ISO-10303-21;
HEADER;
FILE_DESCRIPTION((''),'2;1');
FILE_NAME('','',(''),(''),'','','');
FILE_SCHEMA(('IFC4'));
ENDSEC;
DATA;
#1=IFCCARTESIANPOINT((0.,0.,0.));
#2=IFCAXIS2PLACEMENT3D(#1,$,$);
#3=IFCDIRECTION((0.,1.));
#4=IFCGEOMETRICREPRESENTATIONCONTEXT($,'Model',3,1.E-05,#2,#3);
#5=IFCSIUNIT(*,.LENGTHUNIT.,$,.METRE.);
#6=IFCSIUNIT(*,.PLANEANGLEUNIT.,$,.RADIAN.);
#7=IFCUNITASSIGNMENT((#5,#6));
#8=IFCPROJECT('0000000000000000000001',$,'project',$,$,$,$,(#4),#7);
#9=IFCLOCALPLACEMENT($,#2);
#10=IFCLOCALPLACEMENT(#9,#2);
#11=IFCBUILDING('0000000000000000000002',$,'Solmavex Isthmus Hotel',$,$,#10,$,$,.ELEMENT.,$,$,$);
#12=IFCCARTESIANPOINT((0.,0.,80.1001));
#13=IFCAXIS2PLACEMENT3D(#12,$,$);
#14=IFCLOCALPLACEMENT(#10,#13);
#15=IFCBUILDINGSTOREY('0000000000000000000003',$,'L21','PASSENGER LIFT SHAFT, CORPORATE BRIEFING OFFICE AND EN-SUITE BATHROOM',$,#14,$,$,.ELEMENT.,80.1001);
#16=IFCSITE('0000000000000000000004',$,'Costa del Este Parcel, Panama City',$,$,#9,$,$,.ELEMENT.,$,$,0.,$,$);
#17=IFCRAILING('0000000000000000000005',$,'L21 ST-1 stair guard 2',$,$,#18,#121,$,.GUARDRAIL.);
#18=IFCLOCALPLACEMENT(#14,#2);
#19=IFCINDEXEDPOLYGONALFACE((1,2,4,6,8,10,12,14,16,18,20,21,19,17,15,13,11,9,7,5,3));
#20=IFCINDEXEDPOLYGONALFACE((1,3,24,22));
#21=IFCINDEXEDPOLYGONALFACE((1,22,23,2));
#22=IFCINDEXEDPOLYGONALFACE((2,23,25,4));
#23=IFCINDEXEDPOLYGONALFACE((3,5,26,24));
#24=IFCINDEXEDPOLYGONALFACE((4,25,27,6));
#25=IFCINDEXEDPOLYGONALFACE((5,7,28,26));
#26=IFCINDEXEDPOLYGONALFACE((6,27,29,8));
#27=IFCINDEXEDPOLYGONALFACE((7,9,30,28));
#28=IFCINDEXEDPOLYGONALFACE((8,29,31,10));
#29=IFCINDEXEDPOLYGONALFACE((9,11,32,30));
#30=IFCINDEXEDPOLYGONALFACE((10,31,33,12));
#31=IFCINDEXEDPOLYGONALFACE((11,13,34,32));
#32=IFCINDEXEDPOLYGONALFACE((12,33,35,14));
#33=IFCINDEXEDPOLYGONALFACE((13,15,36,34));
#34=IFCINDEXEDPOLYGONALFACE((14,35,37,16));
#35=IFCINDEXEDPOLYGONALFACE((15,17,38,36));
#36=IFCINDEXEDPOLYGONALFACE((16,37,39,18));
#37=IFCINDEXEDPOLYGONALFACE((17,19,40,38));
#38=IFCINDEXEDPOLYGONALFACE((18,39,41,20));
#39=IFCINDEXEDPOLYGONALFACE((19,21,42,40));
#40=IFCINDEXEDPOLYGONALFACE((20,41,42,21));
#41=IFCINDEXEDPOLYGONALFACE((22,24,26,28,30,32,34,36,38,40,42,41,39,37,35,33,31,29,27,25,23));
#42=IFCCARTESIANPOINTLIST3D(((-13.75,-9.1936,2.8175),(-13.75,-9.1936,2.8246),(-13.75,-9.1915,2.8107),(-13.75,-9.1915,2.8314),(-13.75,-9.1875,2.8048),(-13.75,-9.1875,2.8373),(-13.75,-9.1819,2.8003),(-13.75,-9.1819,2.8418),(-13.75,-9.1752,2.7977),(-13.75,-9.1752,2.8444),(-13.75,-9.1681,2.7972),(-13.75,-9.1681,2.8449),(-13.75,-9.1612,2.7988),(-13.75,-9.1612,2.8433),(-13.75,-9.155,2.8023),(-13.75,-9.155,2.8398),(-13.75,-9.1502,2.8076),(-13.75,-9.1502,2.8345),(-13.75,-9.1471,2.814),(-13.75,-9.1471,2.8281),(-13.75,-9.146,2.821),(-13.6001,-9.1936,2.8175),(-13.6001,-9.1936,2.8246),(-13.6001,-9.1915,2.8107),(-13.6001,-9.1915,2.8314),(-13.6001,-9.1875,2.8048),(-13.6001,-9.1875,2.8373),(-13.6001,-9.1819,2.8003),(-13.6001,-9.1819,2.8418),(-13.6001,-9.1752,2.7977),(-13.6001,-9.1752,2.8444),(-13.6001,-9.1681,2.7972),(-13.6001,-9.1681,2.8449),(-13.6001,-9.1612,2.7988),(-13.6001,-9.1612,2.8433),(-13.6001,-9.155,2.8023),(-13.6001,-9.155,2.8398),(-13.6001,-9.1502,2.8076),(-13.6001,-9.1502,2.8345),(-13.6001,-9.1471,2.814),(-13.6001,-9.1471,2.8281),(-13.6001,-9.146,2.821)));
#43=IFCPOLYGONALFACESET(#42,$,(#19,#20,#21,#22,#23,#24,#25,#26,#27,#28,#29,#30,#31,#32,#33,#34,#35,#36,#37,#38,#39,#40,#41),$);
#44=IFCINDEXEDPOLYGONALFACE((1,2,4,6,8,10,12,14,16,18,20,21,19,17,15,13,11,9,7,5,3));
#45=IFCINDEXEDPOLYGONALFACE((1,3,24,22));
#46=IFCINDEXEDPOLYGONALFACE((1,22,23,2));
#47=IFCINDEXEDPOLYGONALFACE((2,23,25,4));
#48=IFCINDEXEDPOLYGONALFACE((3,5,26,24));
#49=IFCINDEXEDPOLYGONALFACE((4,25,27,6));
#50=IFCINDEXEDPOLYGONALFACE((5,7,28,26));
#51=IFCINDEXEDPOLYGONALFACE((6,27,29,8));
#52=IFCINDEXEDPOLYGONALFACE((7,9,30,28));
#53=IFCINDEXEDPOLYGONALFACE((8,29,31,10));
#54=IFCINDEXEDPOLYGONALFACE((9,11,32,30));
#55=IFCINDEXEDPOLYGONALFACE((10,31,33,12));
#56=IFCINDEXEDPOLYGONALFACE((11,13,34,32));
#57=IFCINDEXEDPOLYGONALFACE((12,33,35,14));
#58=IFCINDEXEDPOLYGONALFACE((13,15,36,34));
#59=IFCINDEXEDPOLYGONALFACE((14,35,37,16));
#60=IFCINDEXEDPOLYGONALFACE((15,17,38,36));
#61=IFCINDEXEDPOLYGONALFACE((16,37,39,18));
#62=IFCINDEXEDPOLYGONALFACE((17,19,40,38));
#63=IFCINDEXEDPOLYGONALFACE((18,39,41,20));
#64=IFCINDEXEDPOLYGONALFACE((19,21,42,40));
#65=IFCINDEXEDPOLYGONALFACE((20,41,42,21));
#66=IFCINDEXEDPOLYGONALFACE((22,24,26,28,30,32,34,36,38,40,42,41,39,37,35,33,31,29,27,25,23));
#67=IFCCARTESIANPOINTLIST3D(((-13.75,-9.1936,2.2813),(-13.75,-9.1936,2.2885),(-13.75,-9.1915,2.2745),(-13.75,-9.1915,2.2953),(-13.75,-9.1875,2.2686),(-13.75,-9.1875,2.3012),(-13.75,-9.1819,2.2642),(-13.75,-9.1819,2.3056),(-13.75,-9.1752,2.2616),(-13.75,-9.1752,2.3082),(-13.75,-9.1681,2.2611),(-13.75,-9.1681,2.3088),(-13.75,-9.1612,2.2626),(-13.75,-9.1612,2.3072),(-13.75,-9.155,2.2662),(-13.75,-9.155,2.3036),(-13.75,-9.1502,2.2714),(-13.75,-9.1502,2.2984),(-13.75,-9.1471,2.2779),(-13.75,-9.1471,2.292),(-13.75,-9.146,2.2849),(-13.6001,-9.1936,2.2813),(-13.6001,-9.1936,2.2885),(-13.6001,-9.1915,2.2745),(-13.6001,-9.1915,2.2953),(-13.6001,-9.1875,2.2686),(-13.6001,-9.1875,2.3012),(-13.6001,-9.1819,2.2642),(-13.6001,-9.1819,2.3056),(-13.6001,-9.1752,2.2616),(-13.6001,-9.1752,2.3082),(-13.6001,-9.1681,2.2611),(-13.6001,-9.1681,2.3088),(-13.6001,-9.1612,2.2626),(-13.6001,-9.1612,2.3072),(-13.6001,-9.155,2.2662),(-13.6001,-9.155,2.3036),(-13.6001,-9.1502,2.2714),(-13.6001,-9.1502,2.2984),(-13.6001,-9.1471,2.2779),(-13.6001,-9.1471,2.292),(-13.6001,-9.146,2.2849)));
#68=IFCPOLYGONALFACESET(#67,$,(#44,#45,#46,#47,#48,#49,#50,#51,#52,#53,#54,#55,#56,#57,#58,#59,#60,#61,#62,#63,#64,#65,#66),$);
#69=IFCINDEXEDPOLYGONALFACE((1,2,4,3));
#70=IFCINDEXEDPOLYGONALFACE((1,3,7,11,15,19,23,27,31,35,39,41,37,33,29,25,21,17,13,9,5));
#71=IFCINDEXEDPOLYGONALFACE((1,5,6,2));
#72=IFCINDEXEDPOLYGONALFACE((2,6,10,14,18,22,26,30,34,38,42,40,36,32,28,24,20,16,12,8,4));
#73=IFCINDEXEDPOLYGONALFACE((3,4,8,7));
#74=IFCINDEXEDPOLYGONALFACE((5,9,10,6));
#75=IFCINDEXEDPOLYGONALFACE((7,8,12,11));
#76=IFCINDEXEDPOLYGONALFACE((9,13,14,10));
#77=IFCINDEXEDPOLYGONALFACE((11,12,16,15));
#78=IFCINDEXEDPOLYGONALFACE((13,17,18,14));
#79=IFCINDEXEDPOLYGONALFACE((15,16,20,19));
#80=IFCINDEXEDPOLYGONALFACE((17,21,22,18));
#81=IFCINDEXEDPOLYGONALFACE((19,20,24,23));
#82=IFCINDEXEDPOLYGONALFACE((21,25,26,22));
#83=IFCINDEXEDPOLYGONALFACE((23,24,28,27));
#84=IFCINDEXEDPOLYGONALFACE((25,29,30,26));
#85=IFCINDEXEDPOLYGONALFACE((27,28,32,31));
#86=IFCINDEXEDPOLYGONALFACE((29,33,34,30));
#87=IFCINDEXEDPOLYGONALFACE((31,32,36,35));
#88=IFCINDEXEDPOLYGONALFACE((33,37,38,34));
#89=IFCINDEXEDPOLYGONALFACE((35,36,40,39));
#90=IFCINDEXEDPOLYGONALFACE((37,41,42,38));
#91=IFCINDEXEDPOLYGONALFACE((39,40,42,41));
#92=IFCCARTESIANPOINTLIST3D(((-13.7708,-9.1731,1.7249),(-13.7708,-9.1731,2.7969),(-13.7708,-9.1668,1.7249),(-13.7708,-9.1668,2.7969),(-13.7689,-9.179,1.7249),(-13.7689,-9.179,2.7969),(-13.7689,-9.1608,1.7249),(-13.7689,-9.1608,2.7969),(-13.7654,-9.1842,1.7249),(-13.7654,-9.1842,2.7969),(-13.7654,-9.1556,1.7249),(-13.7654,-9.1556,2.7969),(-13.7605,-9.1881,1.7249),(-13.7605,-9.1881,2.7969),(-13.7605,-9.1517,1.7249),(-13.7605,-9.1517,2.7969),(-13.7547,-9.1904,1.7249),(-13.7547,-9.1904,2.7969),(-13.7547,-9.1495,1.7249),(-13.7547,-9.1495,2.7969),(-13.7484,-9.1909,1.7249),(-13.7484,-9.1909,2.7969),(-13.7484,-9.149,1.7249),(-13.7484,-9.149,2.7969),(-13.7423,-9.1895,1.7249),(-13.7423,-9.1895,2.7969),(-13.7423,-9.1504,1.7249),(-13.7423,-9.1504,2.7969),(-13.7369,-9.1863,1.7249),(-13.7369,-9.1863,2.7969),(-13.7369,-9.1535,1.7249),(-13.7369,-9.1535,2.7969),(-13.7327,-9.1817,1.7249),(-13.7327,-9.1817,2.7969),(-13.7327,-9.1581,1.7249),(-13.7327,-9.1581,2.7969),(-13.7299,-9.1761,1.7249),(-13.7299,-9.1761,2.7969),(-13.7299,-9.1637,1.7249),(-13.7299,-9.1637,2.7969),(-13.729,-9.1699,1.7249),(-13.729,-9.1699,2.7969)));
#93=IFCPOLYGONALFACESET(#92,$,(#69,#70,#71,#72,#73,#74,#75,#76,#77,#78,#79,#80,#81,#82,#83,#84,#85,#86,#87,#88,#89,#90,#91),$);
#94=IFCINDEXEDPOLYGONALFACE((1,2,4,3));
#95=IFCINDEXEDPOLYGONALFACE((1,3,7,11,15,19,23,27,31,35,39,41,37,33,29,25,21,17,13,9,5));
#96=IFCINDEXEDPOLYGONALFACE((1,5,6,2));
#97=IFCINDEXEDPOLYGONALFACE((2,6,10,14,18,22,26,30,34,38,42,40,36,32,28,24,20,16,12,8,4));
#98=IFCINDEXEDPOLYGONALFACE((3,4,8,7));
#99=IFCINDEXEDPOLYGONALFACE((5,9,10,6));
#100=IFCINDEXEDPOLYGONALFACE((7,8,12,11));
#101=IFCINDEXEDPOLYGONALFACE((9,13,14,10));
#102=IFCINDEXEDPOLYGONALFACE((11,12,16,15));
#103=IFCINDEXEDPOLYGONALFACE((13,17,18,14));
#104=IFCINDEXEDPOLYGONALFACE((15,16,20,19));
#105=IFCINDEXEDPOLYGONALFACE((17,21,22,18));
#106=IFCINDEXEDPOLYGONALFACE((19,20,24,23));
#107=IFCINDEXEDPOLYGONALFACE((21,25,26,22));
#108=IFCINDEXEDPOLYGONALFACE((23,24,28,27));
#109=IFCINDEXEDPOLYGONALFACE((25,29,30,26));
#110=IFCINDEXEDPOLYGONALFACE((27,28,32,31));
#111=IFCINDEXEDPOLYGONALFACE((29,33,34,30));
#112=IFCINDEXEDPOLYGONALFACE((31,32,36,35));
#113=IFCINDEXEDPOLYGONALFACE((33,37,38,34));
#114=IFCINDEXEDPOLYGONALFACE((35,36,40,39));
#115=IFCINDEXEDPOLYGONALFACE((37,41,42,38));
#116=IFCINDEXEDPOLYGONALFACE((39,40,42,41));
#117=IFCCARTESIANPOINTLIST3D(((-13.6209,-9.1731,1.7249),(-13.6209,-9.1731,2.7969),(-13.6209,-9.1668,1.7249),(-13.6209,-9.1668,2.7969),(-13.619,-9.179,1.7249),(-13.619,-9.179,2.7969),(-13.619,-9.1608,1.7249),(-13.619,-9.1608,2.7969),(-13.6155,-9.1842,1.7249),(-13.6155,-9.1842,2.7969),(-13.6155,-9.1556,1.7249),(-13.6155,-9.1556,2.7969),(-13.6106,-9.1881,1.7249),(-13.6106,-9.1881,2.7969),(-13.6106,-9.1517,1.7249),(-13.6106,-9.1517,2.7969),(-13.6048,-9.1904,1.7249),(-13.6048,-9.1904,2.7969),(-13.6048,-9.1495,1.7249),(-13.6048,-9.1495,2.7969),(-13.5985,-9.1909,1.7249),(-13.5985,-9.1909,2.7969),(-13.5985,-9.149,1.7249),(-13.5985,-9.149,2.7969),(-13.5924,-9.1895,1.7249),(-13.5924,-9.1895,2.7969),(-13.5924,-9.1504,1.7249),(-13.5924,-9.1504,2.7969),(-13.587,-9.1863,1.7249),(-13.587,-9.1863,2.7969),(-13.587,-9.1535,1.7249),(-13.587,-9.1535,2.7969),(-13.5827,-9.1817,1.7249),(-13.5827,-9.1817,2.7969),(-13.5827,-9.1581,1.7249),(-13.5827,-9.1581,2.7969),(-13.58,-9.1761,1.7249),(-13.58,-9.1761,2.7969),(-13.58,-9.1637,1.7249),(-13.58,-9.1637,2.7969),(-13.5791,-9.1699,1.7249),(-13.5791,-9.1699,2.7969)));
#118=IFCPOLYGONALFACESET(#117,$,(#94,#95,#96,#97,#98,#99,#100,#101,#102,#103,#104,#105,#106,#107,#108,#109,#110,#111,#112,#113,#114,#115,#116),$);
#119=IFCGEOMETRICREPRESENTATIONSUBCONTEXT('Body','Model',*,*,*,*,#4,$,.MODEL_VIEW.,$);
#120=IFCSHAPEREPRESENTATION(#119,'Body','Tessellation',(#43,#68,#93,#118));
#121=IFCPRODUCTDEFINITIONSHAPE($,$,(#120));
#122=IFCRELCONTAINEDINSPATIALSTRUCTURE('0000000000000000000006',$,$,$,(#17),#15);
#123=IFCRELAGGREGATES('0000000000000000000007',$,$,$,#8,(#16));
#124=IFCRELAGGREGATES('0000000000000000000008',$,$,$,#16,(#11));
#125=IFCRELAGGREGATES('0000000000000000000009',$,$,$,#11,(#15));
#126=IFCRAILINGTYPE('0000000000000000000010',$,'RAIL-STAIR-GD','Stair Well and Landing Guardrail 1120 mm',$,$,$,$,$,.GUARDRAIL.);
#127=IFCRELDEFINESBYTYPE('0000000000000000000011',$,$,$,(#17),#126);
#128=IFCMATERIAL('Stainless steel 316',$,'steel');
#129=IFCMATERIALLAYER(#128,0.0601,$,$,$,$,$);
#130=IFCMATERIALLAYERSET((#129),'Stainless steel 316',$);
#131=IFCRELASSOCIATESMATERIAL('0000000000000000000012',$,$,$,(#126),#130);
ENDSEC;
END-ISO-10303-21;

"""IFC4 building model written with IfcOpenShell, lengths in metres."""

from ifc_helpers import new_model, si_unit, direction, frame, origin, origin_2d, place, context, subcontext, project, spatial, circle, extrude, material, layer, layer_set, type_object, element, save


model = new_model("IFC4")

# Units and contexts
model_context = context("Model", 3, precision=1e-05, world=origin(), true_north=direction((0.0, 1.0)))
body_context = subcontext(model_context, "Body", "Model", "MODEL_VIEW")
ifc_project = project(units=[si_unit("LENGTHUNIT", "METRE"), si_unit("PLANEANGLEUNIT", "RADIAN")], contexts=[model_context])

# Site, building, storey
site_placement = place(None, origin())
site = spatial("IfcSite", under=ifc_project, at=site_placement, Name="Costa del Este Parcel, Panama City", CompositionType="ELEMENT", RefElevation=0.0)
building_placement = place(site_placement, origin())
building = spatial("IfcBuilding", under=site, at=building_placement, Name="Solmavex Isthmus Hotel", CompositionType="ELEMENT")
storey_placement = place(building_placement, frame((0.0, 0.0, 80.1001)))
storey = spatial("IfcBuildingStorey", under=building, at=storey_placement, Name="L21", Description="PASSENGER LIFT SHAFT, CORPORATE BRIEFING OFFICE AND EN-SUITE BATHROOM", CompositionType="ELEMENT", Elevation=80.1001)

# Railing
ifc_material_1 = material(Name="Stainless steel 316", Category="steel")
ifc_layer_1 = layer(ifc_material_1, 0.0601)
ifc_layer_set_1 = layer_set([ifc_layer_1], Name="Stainless steel 316")
railing_type_1 = type_object("IfcRailingType", Name="RAIL-STAIR-GD", Description="Stair Well and Landing Guardrail 1120 mm", PredefinedType="GUARDRAIL", material=ifc_layer_set_1)
railing_1_placement = place(storey_placement, frame((-13.75, -9.1699, 1.7249)))
element("IfcRailing", 1, at=railing_1_placement, inside=storey, type_object=railing_type_1, Name="L21 ST-1 stair guard 2", PredefinedType="GUARDRAIL", context=body_context, shape_type="SweptSolid", body=[
    extrude(circle(Radius=0.0239, at=origin_2d()), frame((0.0, 0.0, 1.0962), z_axis=(1.0, 0.0, 0.0), x_axis=(0.0, 1.0, 0.0)), (0.0, 0.0, 1.0), 0.1499),
    extrude(circle(Radius=0.0239, at=origin_2d()), frame((0.0, 0.0, 0.5601), z_axis=(1.0, 0.0, 0.0), x_axis=(0.0, 1.0, 0.0)), (0.0, 0.0, 1.0), 0.1499),
    extrude(circle(Radius=0.021, at=origin_2d()), origin(), (0.0, 0.0, 1.0), 1.072),
    extrude(circle(Radius=0.021, at=origin_2d()), frame((0.1499, 0.0, 0.0)), (0.0, 0.0, 1.0), 1.072),
])

save(model, "model.ifc")
